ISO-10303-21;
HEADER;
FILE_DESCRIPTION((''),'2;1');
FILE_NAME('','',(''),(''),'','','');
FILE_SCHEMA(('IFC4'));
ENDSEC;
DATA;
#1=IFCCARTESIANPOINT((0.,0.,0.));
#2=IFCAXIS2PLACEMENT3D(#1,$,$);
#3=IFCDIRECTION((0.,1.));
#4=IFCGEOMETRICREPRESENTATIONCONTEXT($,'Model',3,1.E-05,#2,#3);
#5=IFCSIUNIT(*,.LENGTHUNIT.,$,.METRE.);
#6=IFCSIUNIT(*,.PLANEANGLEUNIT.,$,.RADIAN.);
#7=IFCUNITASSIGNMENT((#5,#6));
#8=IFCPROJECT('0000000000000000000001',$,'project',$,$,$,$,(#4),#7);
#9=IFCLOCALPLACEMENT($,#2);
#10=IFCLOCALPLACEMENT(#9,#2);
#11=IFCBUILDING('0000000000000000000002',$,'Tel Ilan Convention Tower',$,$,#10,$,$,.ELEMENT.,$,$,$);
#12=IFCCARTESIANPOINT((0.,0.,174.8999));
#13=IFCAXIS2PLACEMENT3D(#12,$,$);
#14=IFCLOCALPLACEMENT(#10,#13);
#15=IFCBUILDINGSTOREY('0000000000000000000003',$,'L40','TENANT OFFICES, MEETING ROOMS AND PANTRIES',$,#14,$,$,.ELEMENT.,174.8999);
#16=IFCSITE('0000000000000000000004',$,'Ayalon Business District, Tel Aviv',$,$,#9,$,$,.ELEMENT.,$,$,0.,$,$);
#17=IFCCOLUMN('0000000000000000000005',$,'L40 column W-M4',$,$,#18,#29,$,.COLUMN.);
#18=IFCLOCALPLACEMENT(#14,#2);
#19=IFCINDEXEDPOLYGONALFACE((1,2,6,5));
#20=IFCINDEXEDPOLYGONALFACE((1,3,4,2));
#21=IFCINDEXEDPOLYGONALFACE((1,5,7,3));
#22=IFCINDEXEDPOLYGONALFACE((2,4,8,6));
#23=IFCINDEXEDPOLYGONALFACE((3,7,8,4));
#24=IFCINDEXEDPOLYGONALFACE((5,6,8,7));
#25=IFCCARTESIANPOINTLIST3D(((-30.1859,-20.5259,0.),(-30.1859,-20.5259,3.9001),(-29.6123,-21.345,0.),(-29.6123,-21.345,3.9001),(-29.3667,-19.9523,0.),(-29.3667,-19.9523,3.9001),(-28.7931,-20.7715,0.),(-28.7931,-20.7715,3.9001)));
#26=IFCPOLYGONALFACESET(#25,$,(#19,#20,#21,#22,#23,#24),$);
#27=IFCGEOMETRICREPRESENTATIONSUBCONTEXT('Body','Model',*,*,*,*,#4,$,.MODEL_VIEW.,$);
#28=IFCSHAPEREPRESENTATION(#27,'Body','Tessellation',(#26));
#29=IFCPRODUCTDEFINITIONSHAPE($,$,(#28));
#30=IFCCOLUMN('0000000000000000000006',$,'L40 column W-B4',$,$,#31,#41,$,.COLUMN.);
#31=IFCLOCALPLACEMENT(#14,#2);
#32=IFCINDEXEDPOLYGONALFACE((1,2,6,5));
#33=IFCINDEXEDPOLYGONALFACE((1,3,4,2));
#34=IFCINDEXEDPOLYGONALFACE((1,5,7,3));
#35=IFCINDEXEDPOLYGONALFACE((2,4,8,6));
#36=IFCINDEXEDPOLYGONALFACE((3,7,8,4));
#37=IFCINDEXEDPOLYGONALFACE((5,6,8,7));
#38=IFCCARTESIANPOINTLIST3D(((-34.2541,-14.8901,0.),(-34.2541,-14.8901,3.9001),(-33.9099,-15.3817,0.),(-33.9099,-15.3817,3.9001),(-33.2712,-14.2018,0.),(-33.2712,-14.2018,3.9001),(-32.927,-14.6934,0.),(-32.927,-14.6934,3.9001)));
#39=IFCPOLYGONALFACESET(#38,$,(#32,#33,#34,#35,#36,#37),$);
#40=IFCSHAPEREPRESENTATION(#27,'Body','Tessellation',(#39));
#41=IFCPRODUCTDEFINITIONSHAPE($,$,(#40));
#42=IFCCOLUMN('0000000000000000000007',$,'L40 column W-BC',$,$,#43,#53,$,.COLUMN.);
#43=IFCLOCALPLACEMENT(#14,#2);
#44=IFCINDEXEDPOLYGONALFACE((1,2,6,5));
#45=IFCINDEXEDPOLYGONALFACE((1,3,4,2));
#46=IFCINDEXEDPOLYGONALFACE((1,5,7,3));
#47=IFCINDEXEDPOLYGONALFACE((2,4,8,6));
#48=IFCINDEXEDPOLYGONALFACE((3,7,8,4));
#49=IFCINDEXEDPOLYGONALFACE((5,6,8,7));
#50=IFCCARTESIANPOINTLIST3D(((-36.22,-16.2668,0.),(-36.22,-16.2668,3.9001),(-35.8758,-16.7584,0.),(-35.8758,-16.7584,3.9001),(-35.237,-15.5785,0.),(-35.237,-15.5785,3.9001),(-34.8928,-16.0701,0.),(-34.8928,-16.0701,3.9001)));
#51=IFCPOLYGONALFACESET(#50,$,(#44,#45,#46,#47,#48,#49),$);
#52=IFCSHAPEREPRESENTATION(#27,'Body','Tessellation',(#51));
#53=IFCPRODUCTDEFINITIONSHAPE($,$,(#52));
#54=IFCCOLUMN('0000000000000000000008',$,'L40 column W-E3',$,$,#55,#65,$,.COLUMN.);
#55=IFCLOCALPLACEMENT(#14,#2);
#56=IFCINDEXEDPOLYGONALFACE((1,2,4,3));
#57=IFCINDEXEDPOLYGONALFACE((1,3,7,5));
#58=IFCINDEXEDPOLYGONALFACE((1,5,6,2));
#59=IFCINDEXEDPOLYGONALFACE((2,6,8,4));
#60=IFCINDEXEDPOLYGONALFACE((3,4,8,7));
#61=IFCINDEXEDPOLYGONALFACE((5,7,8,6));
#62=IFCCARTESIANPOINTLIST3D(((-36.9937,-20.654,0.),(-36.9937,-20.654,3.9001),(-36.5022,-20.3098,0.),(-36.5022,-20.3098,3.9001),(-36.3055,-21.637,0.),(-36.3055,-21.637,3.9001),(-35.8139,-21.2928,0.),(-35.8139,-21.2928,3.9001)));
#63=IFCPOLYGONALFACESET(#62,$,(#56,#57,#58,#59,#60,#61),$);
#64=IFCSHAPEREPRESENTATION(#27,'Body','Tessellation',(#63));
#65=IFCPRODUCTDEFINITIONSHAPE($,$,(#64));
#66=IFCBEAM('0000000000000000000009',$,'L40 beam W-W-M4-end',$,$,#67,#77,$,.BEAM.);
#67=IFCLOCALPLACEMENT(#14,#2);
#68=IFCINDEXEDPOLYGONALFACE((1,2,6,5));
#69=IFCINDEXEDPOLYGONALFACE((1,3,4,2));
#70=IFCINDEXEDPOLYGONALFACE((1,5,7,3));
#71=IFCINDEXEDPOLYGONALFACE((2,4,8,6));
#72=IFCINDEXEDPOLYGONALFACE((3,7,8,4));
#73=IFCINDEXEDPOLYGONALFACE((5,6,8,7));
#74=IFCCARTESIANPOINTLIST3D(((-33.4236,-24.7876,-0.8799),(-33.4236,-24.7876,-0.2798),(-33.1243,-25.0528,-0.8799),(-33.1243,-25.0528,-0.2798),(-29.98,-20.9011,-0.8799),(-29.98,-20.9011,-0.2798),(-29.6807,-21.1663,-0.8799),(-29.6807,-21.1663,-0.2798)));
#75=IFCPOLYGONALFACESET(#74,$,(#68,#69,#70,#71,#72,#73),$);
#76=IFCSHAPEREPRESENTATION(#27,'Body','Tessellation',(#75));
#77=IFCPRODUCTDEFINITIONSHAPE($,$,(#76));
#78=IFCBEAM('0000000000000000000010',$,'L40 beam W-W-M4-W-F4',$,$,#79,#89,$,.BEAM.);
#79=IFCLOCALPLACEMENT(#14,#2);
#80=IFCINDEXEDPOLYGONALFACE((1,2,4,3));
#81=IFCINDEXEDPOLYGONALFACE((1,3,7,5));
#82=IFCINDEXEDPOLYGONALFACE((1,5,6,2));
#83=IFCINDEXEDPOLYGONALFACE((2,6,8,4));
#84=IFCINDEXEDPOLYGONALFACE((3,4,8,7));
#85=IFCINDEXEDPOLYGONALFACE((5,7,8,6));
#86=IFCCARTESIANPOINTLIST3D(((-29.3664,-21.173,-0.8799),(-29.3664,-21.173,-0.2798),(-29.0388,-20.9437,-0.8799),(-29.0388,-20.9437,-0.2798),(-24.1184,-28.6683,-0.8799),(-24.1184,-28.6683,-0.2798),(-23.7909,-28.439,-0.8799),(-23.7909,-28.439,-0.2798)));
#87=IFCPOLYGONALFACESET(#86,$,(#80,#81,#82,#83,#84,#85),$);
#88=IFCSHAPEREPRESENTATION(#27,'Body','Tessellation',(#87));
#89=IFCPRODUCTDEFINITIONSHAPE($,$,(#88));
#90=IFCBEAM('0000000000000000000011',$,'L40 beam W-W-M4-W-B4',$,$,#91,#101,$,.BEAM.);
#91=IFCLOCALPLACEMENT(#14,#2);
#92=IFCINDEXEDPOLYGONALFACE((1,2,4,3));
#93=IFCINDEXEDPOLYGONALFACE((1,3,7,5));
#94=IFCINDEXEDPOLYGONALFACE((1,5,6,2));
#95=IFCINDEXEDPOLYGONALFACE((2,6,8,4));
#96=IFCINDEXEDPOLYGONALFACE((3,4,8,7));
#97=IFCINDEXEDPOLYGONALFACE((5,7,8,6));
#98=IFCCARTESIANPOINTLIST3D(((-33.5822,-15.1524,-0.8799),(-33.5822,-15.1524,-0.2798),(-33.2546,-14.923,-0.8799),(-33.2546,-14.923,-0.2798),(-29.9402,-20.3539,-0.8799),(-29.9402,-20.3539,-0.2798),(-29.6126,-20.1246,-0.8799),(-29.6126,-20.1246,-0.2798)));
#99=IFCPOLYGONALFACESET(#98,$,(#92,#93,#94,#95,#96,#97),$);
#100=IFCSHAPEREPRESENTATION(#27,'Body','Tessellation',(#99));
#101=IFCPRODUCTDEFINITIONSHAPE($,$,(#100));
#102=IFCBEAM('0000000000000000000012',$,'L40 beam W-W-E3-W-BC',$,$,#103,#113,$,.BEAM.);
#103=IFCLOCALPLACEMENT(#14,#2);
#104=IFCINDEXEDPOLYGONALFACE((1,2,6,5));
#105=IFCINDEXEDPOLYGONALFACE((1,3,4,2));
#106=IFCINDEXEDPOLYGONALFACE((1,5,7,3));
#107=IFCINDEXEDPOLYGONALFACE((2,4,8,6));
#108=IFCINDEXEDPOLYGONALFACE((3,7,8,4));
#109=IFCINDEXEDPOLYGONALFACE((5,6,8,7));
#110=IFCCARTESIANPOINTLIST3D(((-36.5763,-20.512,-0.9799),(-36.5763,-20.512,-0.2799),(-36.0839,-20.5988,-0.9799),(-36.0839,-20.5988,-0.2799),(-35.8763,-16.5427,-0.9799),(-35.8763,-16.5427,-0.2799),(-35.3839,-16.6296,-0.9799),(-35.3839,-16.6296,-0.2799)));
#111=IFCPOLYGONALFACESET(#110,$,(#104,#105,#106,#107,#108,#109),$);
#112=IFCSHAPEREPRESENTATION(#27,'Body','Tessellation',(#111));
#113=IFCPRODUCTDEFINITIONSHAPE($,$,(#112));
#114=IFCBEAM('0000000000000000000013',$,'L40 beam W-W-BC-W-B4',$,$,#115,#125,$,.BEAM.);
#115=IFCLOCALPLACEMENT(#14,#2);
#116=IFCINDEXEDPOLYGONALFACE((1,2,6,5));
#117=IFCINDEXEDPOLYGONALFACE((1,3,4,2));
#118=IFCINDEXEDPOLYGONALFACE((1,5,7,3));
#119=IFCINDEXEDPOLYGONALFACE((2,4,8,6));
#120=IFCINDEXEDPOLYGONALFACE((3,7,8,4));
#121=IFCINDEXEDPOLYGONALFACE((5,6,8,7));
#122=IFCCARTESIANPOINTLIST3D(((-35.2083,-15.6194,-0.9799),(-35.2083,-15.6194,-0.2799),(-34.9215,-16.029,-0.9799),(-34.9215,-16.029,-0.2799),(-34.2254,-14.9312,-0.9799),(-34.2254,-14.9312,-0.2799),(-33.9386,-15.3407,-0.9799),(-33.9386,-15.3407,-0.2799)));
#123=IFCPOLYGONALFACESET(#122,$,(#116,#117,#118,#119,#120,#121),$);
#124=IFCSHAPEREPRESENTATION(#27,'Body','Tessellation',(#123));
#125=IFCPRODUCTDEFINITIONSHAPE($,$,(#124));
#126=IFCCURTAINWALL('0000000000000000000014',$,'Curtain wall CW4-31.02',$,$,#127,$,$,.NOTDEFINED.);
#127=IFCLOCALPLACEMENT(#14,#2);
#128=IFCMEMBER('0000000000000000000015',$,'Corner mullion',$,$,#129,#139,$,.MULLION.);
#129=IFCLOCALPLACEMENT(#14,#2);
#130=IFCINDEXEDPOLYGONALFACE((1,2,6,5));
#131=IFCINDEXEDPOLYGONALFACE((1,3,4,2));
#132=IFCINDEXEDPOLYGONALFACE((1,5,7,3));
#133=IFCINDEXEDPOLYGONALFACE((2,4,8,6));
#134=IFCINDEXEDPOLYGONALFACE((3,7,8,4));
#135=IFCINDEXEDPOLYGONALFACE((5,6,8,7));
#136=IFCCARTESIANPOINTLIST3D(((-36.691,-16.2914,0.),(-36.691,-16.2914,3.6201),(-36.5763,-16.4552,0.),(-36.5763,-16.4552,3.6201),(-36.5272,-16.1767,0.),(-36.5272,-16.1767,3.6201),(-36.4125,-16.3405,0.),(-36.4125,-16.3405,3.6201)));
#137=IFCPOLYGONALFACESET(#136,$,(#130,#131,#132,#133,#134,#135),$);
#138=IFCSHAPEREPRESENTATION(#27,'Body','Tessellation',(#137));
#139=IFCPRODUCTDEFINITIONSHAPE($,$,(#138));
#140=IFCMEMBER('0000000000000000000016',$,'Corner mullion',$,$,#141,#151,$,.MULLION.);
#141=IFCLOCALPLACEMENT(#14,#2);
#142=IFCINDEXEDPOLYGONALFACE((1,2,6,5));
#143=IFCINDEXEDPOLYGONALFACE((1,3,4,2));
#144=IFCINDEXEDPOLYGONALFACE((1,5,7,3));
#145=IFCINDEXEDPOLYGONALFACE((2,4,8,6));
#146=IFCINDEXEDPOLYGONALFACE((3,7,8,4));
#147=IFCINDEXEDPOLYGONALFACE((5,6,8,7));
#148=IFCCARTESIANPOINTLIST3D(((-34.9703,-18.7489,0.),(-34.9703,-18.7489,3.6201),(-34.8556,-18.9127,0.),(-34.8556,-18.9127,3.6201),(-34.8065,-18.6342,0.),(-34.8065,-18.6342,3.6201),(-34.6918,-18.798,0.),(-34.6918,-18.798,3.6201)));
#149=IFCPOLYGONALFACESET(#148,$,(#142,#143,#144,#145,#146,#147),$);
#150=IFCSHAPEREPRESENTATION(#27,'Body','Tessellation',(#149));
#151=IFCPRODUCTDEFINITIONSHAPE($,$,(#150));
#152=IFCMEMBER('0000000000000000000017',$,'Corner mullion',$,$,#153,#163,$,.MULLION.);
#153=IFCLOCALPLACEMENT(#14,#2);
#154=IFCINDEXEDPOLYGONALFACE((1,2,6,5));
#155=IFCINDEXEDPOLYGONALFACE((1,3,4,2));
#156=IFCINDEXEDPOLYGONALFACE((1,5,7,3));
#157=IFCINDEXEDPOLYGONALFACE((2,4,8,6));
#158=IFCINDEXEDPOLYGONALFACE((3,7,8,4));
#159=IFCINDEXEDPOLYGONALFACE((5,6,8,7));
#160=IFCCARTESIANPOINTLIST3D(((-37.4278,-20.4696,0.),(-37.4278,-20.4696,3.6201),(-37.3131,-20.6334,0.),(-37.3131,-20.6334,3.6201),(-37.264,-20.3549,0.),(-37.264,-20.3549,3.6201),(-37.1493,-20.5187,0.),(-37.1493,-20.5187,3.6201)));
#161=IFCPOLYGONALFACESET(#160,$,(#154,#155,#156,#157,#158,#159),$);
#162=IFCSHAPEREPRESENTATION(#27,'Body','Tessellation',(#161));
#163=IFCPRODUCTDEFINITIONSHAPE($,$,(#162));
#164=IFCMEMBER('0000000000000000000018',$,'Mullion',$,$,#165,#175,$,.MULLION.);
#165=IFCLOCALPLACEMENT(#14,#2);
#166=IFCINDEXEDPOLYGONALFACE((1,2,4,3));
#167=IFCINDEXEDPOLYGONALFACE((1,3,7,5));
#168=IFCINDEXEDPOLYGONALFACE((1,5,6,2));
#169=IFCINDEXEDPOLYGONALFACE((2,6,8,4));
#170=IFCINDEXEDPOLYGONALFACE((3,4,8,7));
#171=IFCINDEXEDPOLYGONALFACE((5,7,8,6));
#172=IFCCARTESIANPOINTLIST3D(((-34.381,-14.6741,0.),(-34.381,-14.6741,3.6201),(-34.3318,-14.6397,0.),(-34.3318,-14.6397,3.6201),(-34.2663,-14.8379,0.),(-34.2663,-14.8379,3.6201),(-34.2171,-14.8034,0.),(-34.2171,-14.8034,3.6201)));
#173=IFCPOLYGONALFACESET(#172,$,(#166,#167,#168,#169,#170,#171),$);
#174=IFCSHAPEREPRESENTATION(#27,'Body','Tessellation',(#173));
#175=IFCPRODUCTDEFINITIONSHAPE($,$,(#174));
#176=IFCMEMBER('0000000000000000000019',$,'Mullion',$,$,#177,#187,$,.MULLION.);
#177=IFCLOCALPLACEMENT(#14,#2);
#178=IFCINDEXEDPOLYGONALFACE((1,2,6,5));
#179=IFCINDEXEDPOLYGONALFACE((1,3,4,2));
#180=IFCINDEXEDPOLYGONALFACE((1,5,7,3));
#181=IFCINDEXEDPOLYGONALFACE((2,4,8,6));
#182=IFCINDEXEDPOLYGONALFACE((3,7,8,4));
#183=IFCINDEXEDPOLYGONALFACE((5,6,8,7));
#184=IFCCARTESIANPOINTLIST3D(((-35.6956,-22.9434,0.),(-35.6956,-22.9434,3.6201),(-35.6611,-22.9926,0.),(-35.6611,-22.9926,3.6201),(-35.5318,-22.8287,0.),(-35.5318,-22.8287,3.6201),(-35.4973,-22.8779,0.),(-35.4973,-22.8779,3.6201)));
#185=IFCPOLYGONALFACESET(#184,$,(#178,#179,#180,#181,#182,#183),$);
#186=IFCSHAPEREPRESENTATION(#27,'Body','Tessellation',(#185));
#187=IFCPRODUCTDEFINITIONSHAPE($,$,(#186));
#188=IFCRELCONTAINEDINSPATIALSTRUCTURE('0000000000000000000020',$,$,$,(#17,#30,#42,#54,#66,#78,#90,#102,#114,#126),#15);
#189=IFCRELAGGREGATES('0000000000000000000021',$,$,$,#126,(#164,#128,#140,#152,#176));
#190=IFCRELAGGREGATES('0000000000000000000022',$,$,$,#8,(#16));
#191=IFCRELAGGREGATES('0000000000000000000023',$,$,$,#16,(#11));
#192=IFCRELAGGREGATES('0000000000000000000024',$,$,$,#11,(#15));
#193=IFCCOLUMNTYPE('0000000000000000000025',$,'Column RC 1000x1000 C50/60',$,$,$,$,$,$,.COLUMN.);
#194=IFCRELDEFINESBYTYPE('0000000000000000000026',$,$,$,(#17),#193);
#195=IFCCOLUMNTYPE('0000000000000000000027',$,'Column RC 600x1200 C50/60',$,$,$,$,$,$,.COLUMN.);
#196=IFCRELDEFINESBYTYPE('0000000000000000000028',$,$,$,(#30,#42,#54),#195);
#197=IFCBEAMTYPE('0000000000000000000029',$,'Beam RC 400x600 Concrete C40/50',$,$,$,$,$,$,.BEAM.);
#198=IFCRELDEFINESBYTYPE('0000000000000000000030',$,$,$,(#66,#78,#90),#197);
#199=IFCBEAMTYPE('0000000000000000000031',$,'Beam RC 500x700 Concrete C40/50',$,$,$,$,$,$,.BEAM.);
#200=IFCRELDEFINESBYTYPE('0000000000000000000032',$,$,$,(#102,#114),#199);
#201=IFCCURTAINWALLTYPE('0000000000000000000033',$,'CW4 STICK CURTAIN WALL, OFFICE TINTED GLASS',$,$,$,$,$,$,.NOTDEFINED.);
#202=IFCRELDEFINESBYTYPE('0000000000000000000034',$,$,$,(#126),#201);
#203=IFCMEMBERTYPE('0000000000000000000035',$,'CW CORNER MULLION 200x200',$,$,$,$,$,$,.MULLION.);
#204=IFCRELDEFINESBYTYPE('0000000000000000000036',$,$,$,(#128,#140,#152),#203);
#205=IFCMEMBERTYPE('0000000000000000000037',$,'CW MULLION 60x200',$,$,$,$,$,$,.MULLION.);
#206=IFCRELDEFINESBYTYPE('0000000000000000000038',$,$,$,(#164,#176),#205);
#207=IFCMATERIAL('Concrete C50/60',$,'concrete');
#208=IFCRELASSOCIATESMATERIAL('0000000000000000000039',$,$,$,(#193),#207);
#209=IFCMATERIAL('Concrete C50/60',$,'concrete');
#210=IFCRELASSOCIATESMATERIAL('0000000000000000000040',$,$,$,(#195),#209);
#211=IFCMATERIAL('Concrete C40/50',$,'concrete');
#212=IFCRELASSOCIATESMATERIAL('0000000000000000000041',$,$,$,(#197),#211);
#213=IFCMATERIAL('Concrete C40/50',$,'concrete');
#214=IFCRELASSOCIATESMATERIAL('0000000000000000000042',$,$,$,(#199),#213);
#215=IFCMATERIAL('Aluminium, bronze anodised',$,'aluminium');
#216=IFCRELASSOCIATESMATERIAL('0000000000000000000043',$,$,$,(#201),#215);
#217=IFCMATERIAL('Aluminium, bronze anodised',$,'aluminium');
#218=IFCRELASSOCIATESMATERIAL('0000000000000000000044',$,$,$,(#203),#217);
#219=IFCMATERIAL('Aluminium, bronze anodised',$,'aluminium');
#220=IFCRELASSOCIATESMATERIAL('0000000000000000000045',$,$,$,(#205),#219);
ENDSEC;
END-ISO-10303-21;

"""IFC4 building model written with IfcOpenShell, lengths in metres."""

from ifc_helpers import new_model, si_unit, direction, frame, origin, origin_2d, place, context, subcontext, project, spatial, rectangle, extrude, material, material_profile, profile_set, type_object, element, aggregate, save


model = new_model("IFC4")

# Units and contexts
model_context = context("Model", 3, precision=1e-05, world=origin(), true_north=direction((0.0, 1.0)))
body_context = subcontext(model_context, "Body", "Model", "MODEL_VIEW")
ifc_project = project(units=[si_unit("LENGTHUNIT", "METRE"), si_unit("PLANEANGLEUNIT", "RADIAN")], contexts=[model_context])

# Site, building, storey
site_placement = place(None, origin())
site = spatial("IfcSite", under=ifc_project, at=site_placement, Name="Ayalon Business District, Tel Aviv", CompositionType="ELEMENT", RefElevation=0.0)
building_placement = place(site_placement, origin())
building = spatial("IfcBuilding", under=site, at=building_placement, Name="Tel Ilan Convention Tower", CompositionType="ELEMENT")
storey_placement = place(building_placement, frame((0.0, 0.0, 174.8999)))
storey = spatial("IfcBuildingStorey", under=building, at=storey_placement, Name="L40", Description="TENANT OFFICES, MEETING ROOMS AND PANTRIES", CompositionType="ELEMENT", Elevation=174.8999)

# Columns
ifc_material_1 = material(Name="Concrete C50/60", Category="concrete")
ifc_material_profile_1 = material_profile(ifc_material_1, rectangle(XDim=1.0, YDim=1.0, at=origin_2d()), Name="RC 1000x1000")
ifc_profile_set_1 = profile_set([ifc_material_profile_1], Name="Concrete C50/60")
column_type_1 = type_object("IfcColumnType", Name="Column RC 1000x1000 C50/60", PredefinedType="COLUMN", material=ifc_profile_set_1)
column_placement = place(storey_placement, frame((-29.4895, -20.6487, 0.0), z_axis=(0.0, 0.0, 1.0), x_axis=(-0.819152, -0.573576, 0.0)))
element("IfcColumn", 1, at=column_placement, inside=storey, type_object=column_type_1, Name="L40 column W-M4", PredefinedType="COLUMN", context=body_context, shape_type="SweptSolid", body=[
    extrude(rectangle(XDim=1.0, YDim=1.0, at=origin_2d()), origin(), (0.0, 0.0, 1.0), 3.9001),
])
ifc_material_2 = material(Name="Concrete C50/60", Category="concrete")
ifc_material_profile_2 = material_profile(ifc_material_2, rectangle(XDim=1.2, YDim=0.6001, at=origin_2d()), Name="RC 600x1200")
ifc_profile_set_2 = profile_set([ifc_material_profile_2], Name="Concrete C50/60")
column_type_2 = type_object("IfcColumnType", Name="Column RC 600x1200 C50/60", PredefinedType="COLUMN", material=ifc_profile_set_2)
for number, where, z_axis, x_axis, name in (
    (2, (-33.5906, -14.7917, 0.0), (0.0, 0.0, 1.0), (-0.819152, -0.573576, 0.0), "L40 column W-B4"),
    (3, (-35.5564, -16.1685, 0.0), (0.0, 0.0, 1.0), (-0.819152, -0.573576, 0.0), "L40 column W-BC"),
    (4, (-36.4038, -20.9734, 0.0), (0.0, 0.0, 1.0), (-0.573576, 0.819152, 0.0), "L40 column W-E3"),
):
    element("IfcColumn", number, at=place(storey_placement, frame(where, z_axis=z_axis, x_axis=x_axis)), inside=storey, type_object=column_type_2, Name=name, PredefinedType="COLUMN", context=body_context, shape_type="SweptSolid", body=[
        extrude(rectangle(XDim=1.2, YDim=0.6001, at=origin_2d()), origin(), (0.0, 0.0, 1.0), 3.9001),
    ])

# Beams
ifc_material_3 = material(Name="Concrete C40/50", Category="concrete")
ifc_material_profile_3 = material_profile(ifc_material_3, rectangle(XDim=0.3999, YDim=0.6001, at=origin_2d()), Name="RC 400x600")
ifc_profile_set_3 = profile_set([ifc_material_profile_3], Name="Concrete C40/50")
beam_type_1 = type_object("IfcBeamType", Name="Beam RC 400x600 Concrete C40/50", PredefinedType="BEAM", material=ifc_profile_set_3)
beam_1_placement = place(storey_placement, frame((-29.8303, -21.0337, -0.5798), z_axis=(-0.663175, -0.748464, 0.0), x_axis=(0.748464, -0.663175, 0.0)))
element("IfcBeam", 5, at=beam_1_placement, inside=storey, type_object=beam_type_1, Name="L40 beam W-W-M4-end", PredefinedType="BEAM", context=body_context, shape_type="SweptSolid", body=[
    extrude(rectangle(XDim=0.3999, YDim=0.6001, at=origin_2d()), origin(), (0.0, 0.0, 1.0), 5.1926),
])
beam_2_placement = place(storey_placement, frame((-29.2026, -21.0583, -0.5798), z_axis=(0.573557, -0.819165, 0.0), x_axis=(0.819165, 0.573557, 0.0)))
element("IfcBeam", 6, at=beam_2_placement, inside=storey, type_object=beam_type_1, Name="L40 beam W-W-M4-W-F4", PredefinedType="BEAM", context=body_context, shape_type="SweptSolid", body=[
    extrude(rectangle(XDim=0.3999, YDim=0.6001, at=origin_2d()), origin(), (0.0, 0.0, 1.0), 9.1499),
])
beam_3_placement = place(storey_placement, frame((-29.7764, -20.2393, -0.5798), z_axis=(-0.57356, 0.819163, 0.0), x_axis=(-0.819163, -0.57356, 0.0)))
element("IfcBeam", 7, at=beam_3_placement, inside=storey, type_object=beam_type_1, Name="L40 beam W-W-M4-W-B4", PredefinedType="BEAM", context=body_context, shape_type="SweptSolid", body=[
    extrude(rectangle(XDim=0.3999, YDim=0.6001, at=origin_2d()), origin(), (0.0, 0.0, 1.0), 6.3499),
])
ifc_material_4 = material(Name="Concrete C40/50", Category="concrete")
ifc_material_profile_4 = material_profile(ifc_material_4, rectangle(XDim=0.5, YDim=0.7, at=origin_2d()), Name="RC 500x700")
ifc_profile_set_4 = profile_set([ifc_material_profile_4], Name="Concrete C40/50")
beam_type_2 = type_object("IfcBeamType", Name="Beam RC 500x700 Concrete C40/50", PredefinedType="BEAM", material=ifc_profile_set_4)
beam_4_placement = place(storey_placement, frame((-36.3301, -20.5554, -0.6299), z_axis=(0.173664, 0.984805, 0.0), x_axis=(-0.984805, 0.173664, 0.0)))
element("IfcBeam", 8, at=beam_4_placement, inside=storey, type_object=beam_type_2, Name="L40 beam W-W-E3-W-BC", PredefinedType="BEAM", context=body_context, shape_type="SweptSolid", body=[
    extrude(rectangle(XDim=0.5, YDim=0.7, at=origin_2d()), origin(), (0.0, 0.0, 1.0), 4.0305),
])
beam_5_placement = place(storey_placement, frame((-35.0649, -15.8242, -0.6299), z_axis=(0.819155, 0.573572, 0.0), x_axis=(-0.573572, 0.819155, 0.0)))
element("IfcBeam", 9, at=beam_5_placement, inside=storey, type_object=beam_type_2, Name="L40 beam W-W-BC-W-B4", PredefinedType="BEAM", context=body_context, shape_type="SweptSolid", body=[
    extrude(rectangle(XDim=0.5, YDim=0.7, at=origin_2d()), origin(), (0.0, 0.0, 1.0), 1.2),
])

# Curtain wall, members
ifc_material_5 = material(Name="Aluminium, bronze anodised", Category="aluminium")
curtain_wall_type = type_object("IfcCurtainWallType", Name="CW4 STICK CURTAIN WALL, OFFICE TINTED GLASS", PredefinedType="NOTDEFINED", material=ifc_material_5)
curtain_wall_placement = place(storey_placement, origin())
curtain_wall = element("IfcCurtainWall", 10, at=curtain_wall_placement, inside=storey, type_object=curtain_wall_type, Name="Curtain wall CW4-31.02", PredefinedType="NOTDEFINED")
ifc_material_6 = material(Name="Aluminium, bronze anodised", Category="aluminium")
ifc_material_profile_5 = material_profile(ifc_material_6, rectangle(XDim=0.2, YDim=0.2, at=origin_2d()), Name="CW CORNER MULLION 200x200")
ifc_profile_set_5 = profile_set([ifc_material_profile_5], Name="Aluminium, bronze anodised")
member_type_1 = type_object("IfcMemberType", Name="CW CORNER MULLION 200x200", PredefinedType="MULLION", material=ifc_profile_set_5)
member_1_placement = place(storey_placement, frame((-36.5518, -16.3159, 0.0), z_axis=(0.0, 0.0, 1.0), x_axis=(-0.819152, -0.573576, 0.0)))
member_1 = element("IfcMember", 11, at=member_1_placement, type_object=member_type_1, Name="Corner mullion", PredefinedType="MULLION", context=body_context, shape_type="SweptSolid", body=[
    extrude(rectangle(XDim=0.2, YDim=0.2, at=origin_2d()), origin(), (0.0, 0.0, 1.0), 3.6201),
])
member_2_placement = place(storey_placement, frame((-34.8311, -18.7734, 0.0), z_axis=(0.0, 0.0, 1.0), x_axis=(0.573576, -0.819152, 0.0)))
member_2 = element("IfcMember", 12, at=member_2_placement, type_object=member_type_1, Name="Corner mullion", PredefinedType="MULLION", context=body_context, shape_type="SweptSolid", body=[
    extrude(rectangle(XDim=0.2, YDim=0.2, at=origin_2d()), origin(), (0.0, 0.0, 1.0), 3.6201),
])
member_3_placement = place(storey_placement, frame((-37.2886, -20.4941, 0.0), z_axis=(0.0, 0.0, 1.0), x_axis=(-0.819152, -0.573576, 0.0)))
member_3 = element("IfcMember", 13, at=member_3_placement, type_object=member_type_1, Name="Corner mullion", PredefinedType="MULLION", context=body_context, shape_type="SweptSolid", body=[
    extrude(rectangle(XDim=0.2, YDim=0.2, at=origin_2d()), origin(), (0.0, 0.0, 1.0), 3.6201),
])
ifc_material_7 = material(Name="Aluminium, bronze anodised", Category="aluminium")
ifc_material_profile_6 = material_profile(ifc_material_7, rectangle(XDim=0.0601, YDim=0.2, at=origin_2d()), Name="CW MULLION 60x200")
ifc_profile_set_6 = profile_set([ifc_material_profile_6], Name="Aluminium, bronze anodised")
member_type_2 = type_object("IfcMemberType", Name="CW MULLION 60x200", PredefinedType="MULLION", material=ifc_profile_set_6)
member_4_placement = place(storey_placement, frame((-34.2991, -14.7388, 0.0), z_axis=(0.0, 0.0, 1.0), x_axis=(-0.819152, -0.573576, 0.0)))
member_4 = element("IfcMember", 14, at=member_4_placement, type_object=member_type_2, Name="Mullion", PredefinedType="MULLION", context=body_context, shape_type="SweptSolid", body=[
    extrude(rectangle(XDim=0.0601, YDim=0.2, at=origin_2d()), origin(), (0.0, 0.0, 1.0), 3.6201),
])
member_5_placement = place(storey_placement, frame((-35.5964, -22.9106, 0.0), z_axis=(0.0, 0.0, 1.0), x_axis=(0.573576, -0.819152, 0.0)))
member_5 = element("IfcMember", 15, at=member_5_placement, type_object=member_type_2, Name="Mullion", PredefinedType="MULLION", context=body_context, shape_type="SweptSolid", body=[
    extrude(rectangle(XDim=0.0601, YDim=0.2, at=origin_2d()), origin(), (0.0, 0.0, 1.0), 3.6201),
])
aggregate(curtain_wall, [member_4, member_1, member_2, member_3, member_5])

save(model, "model.ifc")
